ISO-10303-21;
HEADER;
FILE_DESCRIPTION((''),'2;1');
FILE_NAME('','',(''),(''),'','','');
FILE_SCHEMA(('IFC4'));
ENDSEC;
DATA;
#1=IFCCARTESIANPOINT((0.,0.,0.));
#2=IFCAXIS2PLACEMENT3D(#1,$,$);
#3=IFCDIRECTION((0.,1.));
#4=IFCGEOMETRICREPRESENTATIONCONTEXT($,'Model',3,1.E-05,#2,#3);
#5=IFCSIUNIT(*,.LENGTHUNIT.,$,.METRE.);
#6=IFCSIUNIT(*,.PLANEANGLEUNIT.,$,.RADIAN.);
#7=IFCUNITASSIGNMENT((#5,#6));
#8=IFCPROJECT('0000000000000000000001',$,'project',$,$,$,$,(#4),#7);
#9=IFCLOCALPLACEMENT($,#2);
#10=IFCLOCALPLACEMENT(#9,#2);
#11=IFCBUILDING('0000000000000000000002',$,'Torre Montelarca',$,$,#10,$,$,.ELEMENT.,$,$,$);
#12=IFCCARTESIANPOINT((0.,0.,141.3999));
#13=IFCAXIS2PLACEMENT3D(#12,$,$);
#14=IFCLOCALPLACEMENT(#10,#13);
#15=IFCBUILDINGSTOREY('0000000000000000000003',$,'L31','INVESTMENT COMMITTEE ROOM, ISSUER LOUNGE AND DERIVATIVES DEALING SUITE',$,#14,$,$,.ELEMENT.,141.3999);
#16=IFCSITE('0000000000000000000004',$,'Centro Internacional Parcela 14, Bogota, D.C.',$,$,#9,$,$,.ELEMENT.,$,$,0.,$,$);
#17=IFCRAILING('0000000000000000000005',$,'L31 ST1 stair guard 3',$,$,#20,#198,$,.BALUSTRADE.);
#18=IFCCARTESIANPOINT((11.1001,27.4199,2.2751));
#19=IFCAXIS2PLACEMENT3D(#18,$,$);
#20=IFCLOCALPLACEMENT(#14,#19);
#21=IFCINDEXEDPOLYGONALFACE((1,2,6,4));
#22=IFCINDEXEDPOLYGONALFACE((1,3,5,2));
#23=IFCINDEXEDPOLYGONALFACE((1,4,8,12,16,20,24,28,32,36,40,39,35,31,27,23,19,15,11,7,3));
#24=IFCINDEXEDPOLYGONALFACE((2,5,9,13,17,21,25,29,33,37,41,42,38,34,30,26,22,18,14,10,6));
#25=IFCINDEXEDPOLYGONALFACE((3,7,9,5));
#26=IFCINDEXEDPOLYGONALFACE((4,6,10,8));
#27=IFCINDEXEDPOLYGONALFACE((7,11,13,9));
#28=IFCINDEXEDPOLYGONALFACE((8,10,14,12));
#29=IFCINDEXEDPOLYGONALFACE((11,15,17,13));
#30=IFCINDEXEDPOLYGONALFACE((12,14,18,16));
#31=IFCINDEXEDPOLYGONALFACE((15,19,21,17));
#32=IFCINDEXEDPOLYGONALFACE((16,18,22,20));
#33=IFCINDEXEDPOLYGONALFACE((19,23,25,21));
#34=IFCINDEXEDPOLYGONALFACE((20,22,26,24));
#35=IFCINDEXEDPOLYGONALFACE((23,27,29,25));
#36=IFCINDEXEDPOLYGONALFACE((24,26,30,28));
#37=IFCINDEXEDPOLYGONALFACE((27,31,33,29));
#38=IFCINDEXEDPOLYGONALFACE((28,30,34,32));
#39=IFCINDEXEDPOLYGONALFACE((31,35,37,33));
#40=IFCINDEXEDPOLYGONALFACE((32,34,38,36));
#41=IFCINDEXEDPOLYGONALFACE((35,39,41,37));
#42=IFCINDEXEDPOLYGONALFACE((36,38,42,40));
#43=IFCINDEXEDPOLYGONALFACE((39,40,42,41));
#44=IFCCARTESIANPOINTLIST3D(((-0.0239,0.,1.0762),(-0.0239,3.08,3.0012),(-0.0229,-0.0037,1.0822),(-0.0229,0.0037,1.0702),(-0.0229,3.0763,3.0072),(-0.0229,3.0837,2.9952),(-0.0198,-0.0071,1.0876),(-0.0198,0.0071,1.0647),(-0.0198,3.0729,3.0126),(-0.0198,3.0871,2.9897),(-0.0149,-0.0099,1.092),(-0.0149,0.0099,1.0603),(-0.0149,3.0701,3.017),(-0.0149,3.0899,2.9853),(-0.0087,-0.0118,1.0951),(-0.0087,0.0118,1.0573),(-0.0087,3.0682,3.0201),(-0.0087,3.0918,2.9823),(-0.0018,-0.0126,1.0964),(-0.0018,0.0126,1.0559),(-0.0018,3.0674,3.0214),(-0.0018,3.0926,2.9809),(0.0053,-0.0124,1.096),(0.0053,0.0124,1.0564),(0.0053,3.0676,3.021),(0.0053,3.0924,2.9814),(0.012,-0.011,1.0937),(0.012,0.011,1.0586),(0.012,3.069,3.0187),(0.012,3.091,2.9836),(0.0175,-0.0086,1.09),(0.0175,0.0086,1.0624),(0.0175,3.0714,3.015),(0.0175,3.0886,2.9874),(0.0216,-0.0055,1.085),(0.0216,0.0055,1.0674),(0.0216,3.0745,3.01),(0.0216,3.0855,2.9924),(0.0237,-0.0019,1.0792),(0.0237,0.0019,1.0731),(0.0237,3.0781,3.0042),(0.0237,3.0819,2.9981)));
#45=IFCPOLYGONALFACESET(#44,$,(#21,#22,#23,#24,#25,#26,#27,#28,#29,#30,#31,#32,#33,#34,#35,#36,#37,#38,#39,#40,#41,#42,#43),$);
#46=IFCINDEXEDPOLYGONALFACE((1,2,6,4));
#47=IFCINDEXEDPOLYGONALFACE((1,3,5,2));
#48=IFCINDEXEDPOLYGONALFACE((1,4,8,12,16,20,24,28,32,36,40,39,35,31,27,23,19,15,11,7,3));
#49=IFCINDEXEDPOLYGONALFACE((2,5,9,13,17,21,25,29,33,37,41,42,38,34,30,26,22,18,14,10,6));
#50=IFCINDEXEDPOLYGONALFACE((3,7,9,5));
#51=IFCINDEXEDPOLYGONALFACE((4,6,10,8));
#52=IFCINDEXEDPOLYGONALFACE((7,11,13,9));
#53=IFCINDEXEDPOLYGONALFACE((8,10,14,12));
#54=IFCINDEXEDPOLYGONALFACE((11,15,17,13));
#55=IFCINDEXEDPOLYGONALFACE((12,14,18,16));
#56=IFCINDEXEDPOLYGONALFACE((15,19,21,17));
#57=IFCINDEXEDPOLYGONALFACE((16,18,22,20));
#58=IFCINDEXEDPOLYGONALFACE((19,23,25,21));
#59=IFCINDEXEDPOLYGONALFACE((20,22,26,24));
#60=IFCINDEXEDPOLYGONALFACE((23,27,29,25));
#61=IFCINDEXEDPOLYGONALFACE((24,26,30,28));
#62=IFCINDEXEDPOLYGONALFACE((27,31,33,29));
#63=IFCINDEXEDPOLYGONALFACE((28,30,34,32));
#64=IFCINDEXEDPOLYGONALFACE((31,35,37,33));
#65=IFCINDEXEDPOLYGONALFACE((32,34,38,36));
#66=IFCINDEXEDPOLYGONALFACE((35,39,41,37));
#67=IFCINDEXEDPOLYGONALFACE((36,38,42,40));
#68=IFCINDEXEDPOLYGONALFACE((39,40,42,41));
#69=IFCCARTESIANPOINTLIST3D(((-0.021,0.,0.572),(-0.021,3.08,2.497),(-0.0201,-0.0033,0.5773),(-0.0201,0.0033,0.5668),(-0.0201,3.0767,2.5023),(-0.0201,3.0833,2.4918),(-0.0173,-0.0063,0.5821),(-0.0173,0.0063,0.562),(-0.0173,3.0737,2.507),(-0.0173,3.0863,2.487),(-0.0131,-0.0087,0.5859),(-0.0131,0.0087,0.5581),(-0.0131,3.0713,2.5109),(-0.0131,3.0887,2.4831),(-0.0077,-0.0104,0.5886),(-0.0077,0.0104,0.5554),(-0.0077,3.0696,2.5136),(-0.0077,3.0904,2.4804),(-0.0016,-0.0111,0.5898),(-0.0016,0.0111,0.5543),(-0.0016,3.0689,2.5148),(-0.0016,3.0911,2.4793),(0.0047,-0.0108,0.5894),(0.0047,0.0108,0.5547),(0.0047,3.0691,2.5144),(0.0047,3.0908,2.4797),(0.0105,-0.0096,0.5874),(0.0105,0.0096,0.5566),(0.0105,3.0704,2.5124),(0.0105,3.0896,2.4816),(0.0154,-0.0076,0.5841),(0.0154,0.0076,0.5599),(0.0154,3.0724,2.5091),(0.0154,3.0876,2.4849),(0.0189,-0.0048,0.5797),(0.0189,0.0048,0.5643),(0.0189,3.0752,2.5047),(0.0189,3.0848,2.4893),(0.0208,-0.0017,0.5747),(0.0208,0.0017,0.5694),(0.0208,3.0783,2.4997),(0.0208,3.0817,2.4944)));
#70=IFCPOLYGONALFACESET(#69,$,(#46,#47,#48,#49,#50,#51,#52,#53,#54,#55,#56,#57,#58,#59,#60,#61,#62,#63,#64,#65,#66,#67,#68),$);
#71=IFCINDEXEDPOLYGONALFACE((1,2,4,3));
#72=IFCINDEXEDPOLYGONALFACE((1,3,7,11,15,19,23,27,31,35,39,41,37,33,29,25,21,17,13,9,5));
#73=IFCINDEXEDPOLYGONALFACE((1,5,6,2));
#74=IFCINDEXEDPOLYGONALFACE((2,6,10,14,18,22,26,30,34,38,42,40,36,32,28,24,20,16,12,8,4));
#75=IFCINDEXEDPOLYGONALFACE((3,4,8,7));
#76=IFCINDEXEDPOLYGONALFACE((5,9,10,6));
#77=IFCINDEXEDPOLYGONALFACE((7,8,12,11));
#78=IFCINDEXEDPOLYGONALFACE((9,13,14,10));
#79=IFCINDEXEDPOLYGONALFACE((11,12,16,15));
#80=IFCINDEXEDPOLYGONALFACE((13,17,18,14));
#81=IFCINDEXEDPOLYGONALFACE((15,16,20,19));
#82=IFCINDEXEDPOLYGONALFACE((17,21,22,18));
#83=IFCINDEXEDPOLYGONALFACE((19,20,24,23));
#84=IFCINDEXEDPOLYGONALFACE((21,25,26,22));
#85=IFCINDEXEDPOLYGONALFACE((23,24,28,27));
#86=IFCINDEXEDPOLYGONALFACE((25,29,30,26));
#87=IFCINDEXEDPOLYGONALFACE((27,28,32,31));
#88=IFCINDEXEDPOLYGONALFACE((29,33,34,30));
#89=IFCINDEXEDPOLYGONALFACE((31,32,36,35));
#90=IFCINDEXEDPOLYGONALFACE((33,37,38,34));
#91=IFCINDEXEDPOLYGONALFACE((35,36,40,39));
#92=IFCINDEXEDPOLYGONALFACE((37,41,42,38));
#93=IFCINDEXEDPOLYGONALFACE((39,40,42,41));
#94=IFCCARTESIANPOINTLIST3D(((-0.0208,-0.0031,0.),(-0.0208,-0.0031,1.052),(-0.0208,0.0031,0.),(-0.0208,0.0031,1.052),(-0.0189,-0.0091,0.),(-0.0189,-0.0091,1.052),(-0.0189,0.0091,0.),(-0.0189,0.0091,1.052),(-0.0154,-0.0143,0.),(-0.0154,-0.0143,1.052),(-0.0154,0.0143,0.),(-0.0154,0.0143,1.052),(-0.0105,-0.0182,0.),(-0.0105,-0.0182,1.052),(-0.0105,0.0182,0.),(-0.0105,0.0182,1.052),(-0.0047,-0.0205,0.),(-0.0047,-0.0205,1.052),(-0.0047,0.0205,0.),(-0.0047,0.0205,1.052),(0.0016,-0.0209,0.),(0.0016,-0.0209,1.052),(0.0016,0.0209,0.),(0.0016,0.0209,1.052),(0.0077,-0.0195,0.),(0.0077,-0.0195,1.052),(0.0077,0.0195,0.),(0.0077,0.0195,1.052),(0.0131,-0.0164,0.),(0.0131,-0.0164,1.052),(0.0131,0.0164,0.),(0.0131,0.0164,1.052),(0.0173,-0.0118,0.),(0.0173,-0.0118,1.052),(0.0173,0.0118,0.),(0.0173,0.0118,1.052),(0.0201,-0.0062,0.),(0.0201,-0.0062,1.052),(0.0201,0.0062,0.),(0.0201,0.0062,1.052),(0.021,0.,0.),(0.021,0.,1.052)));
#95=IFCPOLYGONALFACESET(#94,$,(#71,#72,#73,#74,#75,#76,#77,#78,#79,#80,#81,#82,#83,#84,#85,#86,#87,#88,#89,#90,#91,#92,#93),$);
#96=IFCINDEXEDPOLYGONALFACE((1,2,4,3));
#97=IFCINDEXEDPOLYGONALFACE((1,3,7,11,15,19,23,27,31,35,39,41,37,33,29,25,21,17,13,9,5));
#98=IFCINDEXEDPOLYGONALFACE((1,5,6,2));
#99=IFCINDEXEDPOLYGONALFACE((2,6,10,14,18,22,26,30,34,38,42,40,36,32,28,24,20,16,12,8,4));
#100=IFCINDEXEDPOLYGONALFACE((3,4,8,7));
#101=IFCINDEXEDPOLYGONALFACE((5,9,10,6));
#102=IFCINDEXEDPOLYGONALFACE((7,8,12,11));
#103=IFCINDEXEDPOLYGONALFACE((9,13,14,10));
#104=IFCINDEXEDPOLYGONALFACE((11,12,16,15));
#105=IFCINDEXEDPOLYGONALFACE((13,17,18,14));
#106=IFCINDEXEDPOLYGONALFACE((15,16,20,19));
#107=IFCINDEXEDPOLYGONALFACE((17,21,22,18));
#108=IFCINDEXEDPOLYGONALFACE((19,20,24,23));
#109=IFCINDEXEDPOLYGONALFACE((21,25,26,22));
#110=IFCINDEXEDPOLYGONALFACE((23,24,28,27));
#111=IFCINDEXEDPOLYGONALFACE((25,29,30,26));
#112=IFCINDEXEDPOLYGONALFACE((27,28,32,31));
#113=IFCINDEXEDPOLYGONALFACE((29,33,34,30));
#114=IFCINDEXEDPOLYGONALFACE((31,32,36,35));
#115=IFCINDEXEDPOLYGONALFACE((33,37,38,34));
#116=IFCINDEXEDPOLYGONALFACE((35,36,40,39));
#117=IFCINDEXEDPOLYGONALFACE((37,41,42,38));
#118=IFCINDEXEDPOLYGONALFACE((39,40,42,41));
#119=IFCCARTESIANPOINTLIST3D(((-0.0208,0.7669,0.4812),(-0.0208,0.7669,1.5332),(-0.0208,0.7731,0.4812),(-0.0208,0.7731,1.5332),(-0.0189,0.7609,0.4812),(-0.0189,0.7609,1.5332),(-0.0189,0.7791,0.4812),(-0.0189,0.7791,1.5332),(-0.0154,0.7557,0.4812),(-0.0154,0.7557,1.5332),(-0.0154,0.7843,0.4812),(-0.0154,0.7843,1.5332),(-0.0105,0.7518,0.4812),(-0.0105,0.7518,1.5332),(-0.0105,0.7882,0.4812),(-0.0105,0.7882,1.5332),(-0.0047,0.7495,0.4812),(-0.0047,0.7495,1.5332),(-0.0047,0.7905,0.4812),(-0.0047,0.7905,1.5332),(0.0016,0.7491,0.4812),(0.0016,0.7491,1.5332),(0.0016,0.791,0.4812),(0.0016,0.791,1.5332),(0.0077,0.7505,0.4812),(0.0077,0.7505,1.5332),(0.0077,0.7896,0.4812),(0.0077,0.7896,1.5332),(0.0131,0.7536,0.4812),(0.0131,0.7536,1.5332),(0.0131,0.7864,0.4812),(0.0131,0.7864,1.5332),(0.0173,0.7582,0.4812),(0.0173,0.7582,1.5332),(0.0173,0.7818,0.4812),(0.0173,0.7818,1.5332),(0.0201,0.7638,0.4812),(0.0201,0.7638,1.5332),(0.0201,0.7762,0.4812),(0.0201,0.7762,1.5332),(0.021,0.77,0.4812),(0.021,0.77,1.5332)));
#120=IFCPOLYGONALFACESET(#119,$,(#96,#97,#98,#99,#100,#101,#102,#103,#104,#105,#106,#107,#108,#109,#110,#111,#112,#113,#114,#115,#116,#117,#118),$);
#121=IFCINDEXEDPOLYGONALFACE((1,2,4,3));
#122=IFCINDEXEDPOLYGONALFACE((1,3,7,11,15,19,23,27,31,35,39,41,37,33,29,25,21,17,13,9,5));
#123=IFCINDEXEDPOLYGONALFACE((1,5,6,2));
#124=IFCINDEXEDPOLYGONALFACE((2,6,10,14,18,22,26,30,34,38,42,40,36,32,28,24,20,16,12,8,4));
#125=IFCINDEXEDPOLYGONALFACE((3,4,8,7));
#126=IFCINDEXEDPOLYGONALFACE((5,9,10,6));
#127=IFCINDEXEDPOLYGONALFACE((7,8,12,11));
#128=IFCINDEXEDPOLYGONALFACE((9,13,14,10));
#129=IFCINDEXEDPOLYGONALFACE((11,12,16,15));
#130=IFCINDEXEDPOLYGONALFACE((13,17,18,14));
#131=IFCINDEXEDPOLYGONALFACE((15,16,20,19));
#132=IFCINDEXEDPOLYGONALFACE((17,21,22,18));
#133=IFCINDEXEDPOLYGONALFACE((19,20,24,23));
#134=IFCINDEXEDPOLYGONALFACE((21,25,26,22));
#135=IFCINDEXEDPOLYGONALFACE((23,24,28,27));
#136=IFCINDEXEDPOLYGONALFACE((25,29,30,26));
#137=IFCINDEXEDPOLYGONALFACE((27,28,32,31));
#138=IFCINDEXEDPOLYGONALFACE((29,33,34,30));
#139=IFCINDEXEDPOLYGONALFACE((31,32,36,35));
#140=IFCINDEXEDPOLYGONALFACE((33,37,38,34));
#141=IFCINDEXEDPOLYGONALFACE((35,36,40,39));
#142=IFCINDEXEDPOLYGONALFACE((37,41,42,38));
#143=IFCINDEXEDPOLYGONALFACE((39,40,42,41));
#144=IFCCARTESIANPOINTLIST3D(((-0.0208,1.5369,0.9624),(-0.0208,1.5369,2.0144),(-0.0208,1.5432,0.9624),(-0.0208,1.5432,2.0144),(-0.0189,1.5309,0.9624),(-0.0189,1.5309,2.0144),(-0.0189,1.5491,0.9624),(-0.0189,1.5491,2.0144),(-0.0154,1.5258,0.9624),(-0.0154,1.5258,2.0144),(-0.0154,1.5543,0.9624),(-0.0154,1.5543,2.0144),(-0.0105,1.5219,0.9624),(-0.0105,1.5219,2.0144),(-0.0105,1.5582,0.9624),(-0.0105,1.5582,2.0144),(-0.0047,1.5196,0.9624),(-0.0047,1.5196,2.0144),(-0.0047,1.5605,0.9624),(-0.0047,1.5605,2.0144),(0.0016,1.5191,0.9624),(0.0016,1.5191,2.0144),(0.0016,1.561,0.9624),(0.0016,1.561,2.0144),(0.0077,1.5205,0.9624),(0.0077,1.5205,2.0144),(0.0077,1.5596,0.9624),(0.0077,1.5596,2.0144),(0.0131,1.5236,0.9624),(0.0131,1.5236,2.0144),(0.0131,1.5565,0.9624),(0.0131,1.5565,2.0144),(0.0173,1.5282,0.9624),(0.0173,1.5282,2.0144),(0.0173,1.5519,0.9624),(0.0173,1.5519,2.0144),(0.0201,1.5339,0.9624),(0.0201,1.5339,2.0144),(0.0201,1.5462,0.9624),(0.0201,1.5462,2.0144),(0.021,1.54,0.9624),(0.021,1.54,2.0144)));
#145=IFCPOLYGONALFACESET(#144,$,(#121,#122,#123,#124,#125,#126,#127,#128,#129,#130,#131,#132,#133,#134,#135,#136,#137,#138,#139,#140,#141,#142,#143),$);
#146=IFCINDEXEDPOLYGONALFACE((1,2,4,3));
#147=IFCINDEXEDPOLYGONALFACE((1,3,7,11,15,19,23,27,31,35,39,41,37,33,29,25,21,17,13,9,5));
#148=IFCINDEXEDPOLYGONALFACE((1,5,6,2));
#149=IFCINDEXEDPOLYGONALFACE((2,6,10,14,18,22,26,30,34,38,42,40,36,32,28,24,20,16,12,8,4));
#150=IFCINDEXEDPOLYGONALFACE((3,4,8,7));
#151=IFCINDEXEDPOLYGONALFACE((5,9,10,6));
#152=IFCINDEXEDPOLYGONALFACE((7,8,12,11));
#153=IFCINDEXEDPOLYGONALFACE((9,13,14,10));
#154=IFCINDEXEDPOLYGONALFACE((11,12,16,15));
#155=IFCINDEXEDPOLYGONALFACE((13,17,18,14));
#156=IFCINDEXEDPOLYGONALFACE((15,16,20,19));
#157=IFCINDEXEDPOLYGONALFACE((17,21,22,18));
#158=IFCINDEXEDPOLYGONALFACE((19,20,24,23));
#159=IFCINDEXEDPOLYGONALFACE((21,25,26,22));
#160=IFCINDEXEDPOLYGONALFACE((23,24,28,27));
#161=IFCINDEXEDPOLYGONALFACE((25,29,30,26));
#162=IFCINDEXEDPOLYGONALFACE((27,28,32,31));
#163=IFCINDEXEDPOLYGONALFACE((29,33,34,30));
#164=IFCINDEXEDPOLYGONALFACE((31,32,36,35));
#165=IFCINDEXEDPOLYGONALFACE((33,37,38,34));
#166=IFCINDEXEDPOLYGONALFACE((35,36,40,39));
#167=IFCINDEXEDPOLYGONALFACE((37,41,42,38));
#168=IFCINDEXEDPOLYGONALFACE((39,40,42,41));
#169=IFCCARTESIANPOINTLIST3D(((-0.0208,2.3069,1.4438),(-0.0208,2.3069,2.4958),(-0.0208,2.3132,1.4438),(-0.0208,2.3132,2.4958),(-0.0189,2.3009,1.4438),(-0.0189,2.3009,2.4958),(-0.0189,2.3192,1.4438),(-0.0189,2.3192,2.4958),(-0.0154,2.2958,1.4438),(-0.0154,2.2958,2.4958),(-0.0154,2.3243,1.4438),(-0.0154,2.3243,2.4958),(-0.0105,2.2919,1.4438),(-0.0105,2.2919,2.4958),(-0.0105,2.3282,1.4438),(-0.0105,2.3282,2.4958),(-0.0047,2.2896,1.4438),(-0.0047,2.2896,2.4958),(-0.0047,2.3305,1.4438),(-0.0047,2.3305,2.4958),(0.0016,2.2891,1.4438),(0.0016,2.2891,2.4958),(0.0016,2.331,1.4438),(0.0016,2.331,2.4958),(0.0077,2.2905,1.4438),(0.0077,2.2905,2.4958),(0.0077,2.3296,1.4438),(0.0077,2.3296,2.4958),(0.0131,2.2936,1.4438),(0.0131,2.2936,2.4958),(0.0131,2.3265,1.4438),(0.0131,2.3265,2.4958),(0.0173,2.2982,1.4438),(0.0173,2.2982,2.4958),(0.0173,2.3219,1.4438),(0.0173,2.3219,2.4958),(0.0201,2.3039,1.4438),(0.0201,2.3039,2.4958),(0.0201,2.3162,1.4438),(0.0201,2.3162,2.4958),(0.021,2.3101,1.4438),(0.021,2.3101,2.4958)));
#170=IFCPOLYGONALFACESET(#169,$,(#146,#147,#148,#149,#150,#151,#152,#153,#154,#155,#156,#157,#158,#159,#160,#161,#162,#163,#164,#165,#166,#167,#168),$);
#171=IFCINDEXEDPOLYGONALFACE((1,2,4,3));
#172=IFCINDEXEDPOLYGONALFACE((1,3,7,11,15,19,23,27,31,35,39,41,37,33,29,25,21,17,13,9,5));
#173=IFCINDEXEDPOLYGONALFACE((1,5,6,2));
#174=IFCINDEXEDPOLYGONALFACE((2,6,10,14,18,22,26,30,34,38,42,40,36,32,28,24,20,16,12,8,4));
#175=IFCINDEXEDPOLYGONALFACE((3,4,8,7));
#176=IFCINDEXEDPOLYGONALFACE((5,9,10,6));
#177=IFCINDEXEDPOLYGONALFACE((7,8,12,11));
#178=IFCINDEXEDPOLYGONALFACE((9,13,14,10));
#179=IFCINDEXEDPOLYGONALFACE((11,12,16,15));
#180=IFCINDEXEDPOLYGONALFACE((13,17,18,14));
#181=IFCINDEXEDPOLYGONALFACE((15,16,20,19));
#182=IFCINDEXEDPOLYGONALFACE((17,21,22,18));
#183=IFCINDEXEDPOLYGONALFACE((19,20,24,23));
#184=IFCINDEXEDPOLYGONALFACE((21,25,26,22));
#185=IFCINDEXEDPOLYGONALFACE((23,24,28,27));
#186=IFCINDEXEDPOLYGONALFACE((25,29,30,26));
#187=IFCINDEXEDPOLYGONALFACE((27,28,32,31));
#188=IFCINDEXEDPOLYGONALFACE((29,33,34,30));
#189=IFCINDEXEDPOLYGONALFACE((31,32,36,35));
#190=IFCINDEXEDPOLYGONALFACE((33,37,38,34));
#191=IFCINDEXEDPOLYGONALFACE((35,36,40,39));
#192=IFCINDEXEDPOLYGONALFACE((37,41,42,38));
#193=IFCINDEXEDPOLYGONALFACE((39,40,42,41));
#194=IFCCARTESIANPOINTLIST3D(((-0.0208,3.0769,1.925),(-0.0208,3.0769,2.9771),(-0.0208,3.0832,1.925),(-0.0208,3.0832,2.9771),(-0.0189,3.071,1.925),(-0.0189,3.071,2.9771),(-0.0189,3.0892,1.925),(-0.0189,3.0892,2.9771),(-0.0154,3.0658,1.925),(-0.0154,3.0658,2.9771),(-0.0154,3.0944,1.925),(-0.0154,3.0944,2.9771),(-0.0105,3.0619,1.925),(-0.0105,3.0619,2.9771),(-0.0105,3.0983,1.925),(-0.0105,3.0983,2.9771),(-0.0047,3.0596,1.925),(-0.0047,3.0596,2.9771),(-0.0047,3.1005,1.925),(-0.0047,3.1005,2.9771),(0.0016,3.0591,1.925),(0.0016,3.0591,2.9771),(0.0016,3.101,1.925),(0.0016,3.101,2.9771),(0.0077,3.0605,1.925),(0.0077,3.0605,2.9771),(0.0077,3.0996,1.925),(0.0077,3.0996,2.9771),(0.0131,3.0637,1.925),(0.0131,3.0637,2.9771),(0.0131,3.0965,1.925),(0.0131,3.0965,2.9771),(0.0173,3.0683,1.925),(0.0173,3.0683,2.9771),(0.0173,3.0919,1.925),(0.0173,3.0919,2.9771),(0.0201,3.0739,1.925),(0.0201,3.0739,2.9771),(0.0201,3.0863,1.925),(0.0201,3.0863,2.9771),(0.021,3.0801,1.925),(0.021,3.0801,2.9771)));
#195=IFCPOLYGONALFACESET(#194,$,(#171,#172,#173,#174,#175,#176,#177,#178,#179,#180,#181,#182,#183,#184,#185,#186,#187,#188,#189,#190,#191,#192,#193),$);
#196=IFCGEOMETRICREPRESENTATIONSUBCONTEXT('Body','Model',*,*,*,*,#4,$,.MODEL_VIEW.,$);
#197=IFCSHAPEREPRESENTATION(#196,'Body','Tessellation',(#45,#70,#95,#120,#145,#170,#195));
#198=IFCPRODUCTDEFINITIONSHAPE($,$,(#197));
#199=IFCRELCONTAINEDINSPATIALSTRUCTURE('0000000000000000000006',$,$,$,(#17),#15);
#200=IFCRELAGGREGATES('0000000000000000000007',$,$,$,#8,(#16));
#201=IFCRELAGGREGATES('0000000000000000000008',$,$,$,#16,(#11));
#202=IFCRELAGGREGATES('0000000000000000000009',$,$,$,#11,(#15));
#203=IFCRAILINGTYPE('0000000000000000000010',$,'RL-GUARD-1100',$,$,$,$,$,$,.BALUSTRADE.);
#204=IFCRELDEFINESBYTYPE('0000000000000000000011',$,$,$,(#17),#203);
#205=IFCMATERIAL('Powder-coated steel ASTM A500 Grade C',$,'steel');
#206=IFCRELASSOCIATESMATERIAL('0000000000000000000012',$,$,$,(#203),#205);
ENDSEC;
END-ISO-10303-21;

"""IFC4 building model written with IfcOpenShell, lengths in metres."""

from ifc_helpers import new_model, si_unit, direction, frame, origin, origin_2d, place, context, subcontext, project, spatial, circle, extrude, material, type_object, element, save


model = new_model("IFC4")

# Units and contexts
model_context = context("Model", 3, precision=1e-05, world=origin(), true_north=direction((0.0, 1.0)))
body_context = subcontext(model_context, "Body", "Model", "MODEL_VIEW")
ifc_project = project(units=[si_unit("LENGTHUNIT", "METRE"), si_unit("PLANEANGLEUNIT", "RADIAN")], contexts=[model_context])

# Site, building, storey
site_placement = place(None, origin())
site = spatial("IfcSite", under=ifc_project, at=site_placement, Name="Centro Internacional Parcela 14, Bogota, D.C.", CompositionType="ELEMENT", RefElevation=0.0)
building_placement = place(site_placement, origin())
building = spatial("IfcBuilding", under=site, at=building_placement, Name="Torre Montelarca", CompositionType="ELEMENT")
storey_placement = place(building_placement, frame((0.0, 0.0, 141.3999)))
storey = spatial("IfcBuildingStorey", under=building, at=storey_placement, Name="L31", Description="INVESTMENT COMMITTEE ROOM, ISSUER LOUNGE AND DERIVATIVES DEALING SUITE", CompositionType="ELEMENT", Elevation=141.3999)

# Railing
ifc_material_1 = material(Name="Powder-coated steel ASTM A500 Grade C", Category="steel")
railing_type_1 = type_object("IfcRailingType", Name="RL-GUARD-1100", PredefinedType="BALUSTRADE", material=ifc_material_1)
railing_1_placement = place(storey_placement, frame((11.1001, 27.4199, 2.2751)))
element("IfcRailing", 1, at=railing_1_placement, inside=storey, type_object=railing_type_1, Name="L31 ST1 stair guard 3", PredefinedType="BALUSTRADE", context=body_context, shape_type="SweptSolid", body=[
    extrude(circle(Radius=0.0239, at=origin_2d()), frame((0.0, 0.0, 1.0762), z_axis=(0.0, 0.847998, 0.529999), x_axis=(-1.0, 0.0, 0.0)), (0.0, 0.0, 1.0), 3.6321),
    extrude(circle(Radius=0.021, at=origin_2d()), frame((0.0, 0.0, 0.572), z_axis=(0.0, 0.847998, 0.529999), x_axis=(-1.0, 0.0, 0.0)), (0.0, 0.0, 1.0), 3.6321),
    extrude(circle(Radius=0.021, at=origin_2d()), origin(), (0.0, 0.0, 1.0), 1.052),
    extrude(circle(Radius=0.021, at=origin_2d()), frame((0.0, 0.77, 0.4812)), (0.0, 0.0, 1.0), 1.052),
    extrude(circle(Radius=0.021, at=origin_2d()), frame((0.0, 1.54, 0.9624)), (0.0, 0.0, 1.0), 1.052),
    extrude(circle(Radius=0.021, at=origin_2d()), frame((0.0, 2.3101, 1.4438)), (0.0, 0.0, 1.0), 1.052),
    extrude(circle(Radius=0.021, at=origin_2d()), frame((0.0, 3.0801, 1.925)), (0.0, 0.0, 1.0), 1.052),
])

save(model, "model.ifc")
